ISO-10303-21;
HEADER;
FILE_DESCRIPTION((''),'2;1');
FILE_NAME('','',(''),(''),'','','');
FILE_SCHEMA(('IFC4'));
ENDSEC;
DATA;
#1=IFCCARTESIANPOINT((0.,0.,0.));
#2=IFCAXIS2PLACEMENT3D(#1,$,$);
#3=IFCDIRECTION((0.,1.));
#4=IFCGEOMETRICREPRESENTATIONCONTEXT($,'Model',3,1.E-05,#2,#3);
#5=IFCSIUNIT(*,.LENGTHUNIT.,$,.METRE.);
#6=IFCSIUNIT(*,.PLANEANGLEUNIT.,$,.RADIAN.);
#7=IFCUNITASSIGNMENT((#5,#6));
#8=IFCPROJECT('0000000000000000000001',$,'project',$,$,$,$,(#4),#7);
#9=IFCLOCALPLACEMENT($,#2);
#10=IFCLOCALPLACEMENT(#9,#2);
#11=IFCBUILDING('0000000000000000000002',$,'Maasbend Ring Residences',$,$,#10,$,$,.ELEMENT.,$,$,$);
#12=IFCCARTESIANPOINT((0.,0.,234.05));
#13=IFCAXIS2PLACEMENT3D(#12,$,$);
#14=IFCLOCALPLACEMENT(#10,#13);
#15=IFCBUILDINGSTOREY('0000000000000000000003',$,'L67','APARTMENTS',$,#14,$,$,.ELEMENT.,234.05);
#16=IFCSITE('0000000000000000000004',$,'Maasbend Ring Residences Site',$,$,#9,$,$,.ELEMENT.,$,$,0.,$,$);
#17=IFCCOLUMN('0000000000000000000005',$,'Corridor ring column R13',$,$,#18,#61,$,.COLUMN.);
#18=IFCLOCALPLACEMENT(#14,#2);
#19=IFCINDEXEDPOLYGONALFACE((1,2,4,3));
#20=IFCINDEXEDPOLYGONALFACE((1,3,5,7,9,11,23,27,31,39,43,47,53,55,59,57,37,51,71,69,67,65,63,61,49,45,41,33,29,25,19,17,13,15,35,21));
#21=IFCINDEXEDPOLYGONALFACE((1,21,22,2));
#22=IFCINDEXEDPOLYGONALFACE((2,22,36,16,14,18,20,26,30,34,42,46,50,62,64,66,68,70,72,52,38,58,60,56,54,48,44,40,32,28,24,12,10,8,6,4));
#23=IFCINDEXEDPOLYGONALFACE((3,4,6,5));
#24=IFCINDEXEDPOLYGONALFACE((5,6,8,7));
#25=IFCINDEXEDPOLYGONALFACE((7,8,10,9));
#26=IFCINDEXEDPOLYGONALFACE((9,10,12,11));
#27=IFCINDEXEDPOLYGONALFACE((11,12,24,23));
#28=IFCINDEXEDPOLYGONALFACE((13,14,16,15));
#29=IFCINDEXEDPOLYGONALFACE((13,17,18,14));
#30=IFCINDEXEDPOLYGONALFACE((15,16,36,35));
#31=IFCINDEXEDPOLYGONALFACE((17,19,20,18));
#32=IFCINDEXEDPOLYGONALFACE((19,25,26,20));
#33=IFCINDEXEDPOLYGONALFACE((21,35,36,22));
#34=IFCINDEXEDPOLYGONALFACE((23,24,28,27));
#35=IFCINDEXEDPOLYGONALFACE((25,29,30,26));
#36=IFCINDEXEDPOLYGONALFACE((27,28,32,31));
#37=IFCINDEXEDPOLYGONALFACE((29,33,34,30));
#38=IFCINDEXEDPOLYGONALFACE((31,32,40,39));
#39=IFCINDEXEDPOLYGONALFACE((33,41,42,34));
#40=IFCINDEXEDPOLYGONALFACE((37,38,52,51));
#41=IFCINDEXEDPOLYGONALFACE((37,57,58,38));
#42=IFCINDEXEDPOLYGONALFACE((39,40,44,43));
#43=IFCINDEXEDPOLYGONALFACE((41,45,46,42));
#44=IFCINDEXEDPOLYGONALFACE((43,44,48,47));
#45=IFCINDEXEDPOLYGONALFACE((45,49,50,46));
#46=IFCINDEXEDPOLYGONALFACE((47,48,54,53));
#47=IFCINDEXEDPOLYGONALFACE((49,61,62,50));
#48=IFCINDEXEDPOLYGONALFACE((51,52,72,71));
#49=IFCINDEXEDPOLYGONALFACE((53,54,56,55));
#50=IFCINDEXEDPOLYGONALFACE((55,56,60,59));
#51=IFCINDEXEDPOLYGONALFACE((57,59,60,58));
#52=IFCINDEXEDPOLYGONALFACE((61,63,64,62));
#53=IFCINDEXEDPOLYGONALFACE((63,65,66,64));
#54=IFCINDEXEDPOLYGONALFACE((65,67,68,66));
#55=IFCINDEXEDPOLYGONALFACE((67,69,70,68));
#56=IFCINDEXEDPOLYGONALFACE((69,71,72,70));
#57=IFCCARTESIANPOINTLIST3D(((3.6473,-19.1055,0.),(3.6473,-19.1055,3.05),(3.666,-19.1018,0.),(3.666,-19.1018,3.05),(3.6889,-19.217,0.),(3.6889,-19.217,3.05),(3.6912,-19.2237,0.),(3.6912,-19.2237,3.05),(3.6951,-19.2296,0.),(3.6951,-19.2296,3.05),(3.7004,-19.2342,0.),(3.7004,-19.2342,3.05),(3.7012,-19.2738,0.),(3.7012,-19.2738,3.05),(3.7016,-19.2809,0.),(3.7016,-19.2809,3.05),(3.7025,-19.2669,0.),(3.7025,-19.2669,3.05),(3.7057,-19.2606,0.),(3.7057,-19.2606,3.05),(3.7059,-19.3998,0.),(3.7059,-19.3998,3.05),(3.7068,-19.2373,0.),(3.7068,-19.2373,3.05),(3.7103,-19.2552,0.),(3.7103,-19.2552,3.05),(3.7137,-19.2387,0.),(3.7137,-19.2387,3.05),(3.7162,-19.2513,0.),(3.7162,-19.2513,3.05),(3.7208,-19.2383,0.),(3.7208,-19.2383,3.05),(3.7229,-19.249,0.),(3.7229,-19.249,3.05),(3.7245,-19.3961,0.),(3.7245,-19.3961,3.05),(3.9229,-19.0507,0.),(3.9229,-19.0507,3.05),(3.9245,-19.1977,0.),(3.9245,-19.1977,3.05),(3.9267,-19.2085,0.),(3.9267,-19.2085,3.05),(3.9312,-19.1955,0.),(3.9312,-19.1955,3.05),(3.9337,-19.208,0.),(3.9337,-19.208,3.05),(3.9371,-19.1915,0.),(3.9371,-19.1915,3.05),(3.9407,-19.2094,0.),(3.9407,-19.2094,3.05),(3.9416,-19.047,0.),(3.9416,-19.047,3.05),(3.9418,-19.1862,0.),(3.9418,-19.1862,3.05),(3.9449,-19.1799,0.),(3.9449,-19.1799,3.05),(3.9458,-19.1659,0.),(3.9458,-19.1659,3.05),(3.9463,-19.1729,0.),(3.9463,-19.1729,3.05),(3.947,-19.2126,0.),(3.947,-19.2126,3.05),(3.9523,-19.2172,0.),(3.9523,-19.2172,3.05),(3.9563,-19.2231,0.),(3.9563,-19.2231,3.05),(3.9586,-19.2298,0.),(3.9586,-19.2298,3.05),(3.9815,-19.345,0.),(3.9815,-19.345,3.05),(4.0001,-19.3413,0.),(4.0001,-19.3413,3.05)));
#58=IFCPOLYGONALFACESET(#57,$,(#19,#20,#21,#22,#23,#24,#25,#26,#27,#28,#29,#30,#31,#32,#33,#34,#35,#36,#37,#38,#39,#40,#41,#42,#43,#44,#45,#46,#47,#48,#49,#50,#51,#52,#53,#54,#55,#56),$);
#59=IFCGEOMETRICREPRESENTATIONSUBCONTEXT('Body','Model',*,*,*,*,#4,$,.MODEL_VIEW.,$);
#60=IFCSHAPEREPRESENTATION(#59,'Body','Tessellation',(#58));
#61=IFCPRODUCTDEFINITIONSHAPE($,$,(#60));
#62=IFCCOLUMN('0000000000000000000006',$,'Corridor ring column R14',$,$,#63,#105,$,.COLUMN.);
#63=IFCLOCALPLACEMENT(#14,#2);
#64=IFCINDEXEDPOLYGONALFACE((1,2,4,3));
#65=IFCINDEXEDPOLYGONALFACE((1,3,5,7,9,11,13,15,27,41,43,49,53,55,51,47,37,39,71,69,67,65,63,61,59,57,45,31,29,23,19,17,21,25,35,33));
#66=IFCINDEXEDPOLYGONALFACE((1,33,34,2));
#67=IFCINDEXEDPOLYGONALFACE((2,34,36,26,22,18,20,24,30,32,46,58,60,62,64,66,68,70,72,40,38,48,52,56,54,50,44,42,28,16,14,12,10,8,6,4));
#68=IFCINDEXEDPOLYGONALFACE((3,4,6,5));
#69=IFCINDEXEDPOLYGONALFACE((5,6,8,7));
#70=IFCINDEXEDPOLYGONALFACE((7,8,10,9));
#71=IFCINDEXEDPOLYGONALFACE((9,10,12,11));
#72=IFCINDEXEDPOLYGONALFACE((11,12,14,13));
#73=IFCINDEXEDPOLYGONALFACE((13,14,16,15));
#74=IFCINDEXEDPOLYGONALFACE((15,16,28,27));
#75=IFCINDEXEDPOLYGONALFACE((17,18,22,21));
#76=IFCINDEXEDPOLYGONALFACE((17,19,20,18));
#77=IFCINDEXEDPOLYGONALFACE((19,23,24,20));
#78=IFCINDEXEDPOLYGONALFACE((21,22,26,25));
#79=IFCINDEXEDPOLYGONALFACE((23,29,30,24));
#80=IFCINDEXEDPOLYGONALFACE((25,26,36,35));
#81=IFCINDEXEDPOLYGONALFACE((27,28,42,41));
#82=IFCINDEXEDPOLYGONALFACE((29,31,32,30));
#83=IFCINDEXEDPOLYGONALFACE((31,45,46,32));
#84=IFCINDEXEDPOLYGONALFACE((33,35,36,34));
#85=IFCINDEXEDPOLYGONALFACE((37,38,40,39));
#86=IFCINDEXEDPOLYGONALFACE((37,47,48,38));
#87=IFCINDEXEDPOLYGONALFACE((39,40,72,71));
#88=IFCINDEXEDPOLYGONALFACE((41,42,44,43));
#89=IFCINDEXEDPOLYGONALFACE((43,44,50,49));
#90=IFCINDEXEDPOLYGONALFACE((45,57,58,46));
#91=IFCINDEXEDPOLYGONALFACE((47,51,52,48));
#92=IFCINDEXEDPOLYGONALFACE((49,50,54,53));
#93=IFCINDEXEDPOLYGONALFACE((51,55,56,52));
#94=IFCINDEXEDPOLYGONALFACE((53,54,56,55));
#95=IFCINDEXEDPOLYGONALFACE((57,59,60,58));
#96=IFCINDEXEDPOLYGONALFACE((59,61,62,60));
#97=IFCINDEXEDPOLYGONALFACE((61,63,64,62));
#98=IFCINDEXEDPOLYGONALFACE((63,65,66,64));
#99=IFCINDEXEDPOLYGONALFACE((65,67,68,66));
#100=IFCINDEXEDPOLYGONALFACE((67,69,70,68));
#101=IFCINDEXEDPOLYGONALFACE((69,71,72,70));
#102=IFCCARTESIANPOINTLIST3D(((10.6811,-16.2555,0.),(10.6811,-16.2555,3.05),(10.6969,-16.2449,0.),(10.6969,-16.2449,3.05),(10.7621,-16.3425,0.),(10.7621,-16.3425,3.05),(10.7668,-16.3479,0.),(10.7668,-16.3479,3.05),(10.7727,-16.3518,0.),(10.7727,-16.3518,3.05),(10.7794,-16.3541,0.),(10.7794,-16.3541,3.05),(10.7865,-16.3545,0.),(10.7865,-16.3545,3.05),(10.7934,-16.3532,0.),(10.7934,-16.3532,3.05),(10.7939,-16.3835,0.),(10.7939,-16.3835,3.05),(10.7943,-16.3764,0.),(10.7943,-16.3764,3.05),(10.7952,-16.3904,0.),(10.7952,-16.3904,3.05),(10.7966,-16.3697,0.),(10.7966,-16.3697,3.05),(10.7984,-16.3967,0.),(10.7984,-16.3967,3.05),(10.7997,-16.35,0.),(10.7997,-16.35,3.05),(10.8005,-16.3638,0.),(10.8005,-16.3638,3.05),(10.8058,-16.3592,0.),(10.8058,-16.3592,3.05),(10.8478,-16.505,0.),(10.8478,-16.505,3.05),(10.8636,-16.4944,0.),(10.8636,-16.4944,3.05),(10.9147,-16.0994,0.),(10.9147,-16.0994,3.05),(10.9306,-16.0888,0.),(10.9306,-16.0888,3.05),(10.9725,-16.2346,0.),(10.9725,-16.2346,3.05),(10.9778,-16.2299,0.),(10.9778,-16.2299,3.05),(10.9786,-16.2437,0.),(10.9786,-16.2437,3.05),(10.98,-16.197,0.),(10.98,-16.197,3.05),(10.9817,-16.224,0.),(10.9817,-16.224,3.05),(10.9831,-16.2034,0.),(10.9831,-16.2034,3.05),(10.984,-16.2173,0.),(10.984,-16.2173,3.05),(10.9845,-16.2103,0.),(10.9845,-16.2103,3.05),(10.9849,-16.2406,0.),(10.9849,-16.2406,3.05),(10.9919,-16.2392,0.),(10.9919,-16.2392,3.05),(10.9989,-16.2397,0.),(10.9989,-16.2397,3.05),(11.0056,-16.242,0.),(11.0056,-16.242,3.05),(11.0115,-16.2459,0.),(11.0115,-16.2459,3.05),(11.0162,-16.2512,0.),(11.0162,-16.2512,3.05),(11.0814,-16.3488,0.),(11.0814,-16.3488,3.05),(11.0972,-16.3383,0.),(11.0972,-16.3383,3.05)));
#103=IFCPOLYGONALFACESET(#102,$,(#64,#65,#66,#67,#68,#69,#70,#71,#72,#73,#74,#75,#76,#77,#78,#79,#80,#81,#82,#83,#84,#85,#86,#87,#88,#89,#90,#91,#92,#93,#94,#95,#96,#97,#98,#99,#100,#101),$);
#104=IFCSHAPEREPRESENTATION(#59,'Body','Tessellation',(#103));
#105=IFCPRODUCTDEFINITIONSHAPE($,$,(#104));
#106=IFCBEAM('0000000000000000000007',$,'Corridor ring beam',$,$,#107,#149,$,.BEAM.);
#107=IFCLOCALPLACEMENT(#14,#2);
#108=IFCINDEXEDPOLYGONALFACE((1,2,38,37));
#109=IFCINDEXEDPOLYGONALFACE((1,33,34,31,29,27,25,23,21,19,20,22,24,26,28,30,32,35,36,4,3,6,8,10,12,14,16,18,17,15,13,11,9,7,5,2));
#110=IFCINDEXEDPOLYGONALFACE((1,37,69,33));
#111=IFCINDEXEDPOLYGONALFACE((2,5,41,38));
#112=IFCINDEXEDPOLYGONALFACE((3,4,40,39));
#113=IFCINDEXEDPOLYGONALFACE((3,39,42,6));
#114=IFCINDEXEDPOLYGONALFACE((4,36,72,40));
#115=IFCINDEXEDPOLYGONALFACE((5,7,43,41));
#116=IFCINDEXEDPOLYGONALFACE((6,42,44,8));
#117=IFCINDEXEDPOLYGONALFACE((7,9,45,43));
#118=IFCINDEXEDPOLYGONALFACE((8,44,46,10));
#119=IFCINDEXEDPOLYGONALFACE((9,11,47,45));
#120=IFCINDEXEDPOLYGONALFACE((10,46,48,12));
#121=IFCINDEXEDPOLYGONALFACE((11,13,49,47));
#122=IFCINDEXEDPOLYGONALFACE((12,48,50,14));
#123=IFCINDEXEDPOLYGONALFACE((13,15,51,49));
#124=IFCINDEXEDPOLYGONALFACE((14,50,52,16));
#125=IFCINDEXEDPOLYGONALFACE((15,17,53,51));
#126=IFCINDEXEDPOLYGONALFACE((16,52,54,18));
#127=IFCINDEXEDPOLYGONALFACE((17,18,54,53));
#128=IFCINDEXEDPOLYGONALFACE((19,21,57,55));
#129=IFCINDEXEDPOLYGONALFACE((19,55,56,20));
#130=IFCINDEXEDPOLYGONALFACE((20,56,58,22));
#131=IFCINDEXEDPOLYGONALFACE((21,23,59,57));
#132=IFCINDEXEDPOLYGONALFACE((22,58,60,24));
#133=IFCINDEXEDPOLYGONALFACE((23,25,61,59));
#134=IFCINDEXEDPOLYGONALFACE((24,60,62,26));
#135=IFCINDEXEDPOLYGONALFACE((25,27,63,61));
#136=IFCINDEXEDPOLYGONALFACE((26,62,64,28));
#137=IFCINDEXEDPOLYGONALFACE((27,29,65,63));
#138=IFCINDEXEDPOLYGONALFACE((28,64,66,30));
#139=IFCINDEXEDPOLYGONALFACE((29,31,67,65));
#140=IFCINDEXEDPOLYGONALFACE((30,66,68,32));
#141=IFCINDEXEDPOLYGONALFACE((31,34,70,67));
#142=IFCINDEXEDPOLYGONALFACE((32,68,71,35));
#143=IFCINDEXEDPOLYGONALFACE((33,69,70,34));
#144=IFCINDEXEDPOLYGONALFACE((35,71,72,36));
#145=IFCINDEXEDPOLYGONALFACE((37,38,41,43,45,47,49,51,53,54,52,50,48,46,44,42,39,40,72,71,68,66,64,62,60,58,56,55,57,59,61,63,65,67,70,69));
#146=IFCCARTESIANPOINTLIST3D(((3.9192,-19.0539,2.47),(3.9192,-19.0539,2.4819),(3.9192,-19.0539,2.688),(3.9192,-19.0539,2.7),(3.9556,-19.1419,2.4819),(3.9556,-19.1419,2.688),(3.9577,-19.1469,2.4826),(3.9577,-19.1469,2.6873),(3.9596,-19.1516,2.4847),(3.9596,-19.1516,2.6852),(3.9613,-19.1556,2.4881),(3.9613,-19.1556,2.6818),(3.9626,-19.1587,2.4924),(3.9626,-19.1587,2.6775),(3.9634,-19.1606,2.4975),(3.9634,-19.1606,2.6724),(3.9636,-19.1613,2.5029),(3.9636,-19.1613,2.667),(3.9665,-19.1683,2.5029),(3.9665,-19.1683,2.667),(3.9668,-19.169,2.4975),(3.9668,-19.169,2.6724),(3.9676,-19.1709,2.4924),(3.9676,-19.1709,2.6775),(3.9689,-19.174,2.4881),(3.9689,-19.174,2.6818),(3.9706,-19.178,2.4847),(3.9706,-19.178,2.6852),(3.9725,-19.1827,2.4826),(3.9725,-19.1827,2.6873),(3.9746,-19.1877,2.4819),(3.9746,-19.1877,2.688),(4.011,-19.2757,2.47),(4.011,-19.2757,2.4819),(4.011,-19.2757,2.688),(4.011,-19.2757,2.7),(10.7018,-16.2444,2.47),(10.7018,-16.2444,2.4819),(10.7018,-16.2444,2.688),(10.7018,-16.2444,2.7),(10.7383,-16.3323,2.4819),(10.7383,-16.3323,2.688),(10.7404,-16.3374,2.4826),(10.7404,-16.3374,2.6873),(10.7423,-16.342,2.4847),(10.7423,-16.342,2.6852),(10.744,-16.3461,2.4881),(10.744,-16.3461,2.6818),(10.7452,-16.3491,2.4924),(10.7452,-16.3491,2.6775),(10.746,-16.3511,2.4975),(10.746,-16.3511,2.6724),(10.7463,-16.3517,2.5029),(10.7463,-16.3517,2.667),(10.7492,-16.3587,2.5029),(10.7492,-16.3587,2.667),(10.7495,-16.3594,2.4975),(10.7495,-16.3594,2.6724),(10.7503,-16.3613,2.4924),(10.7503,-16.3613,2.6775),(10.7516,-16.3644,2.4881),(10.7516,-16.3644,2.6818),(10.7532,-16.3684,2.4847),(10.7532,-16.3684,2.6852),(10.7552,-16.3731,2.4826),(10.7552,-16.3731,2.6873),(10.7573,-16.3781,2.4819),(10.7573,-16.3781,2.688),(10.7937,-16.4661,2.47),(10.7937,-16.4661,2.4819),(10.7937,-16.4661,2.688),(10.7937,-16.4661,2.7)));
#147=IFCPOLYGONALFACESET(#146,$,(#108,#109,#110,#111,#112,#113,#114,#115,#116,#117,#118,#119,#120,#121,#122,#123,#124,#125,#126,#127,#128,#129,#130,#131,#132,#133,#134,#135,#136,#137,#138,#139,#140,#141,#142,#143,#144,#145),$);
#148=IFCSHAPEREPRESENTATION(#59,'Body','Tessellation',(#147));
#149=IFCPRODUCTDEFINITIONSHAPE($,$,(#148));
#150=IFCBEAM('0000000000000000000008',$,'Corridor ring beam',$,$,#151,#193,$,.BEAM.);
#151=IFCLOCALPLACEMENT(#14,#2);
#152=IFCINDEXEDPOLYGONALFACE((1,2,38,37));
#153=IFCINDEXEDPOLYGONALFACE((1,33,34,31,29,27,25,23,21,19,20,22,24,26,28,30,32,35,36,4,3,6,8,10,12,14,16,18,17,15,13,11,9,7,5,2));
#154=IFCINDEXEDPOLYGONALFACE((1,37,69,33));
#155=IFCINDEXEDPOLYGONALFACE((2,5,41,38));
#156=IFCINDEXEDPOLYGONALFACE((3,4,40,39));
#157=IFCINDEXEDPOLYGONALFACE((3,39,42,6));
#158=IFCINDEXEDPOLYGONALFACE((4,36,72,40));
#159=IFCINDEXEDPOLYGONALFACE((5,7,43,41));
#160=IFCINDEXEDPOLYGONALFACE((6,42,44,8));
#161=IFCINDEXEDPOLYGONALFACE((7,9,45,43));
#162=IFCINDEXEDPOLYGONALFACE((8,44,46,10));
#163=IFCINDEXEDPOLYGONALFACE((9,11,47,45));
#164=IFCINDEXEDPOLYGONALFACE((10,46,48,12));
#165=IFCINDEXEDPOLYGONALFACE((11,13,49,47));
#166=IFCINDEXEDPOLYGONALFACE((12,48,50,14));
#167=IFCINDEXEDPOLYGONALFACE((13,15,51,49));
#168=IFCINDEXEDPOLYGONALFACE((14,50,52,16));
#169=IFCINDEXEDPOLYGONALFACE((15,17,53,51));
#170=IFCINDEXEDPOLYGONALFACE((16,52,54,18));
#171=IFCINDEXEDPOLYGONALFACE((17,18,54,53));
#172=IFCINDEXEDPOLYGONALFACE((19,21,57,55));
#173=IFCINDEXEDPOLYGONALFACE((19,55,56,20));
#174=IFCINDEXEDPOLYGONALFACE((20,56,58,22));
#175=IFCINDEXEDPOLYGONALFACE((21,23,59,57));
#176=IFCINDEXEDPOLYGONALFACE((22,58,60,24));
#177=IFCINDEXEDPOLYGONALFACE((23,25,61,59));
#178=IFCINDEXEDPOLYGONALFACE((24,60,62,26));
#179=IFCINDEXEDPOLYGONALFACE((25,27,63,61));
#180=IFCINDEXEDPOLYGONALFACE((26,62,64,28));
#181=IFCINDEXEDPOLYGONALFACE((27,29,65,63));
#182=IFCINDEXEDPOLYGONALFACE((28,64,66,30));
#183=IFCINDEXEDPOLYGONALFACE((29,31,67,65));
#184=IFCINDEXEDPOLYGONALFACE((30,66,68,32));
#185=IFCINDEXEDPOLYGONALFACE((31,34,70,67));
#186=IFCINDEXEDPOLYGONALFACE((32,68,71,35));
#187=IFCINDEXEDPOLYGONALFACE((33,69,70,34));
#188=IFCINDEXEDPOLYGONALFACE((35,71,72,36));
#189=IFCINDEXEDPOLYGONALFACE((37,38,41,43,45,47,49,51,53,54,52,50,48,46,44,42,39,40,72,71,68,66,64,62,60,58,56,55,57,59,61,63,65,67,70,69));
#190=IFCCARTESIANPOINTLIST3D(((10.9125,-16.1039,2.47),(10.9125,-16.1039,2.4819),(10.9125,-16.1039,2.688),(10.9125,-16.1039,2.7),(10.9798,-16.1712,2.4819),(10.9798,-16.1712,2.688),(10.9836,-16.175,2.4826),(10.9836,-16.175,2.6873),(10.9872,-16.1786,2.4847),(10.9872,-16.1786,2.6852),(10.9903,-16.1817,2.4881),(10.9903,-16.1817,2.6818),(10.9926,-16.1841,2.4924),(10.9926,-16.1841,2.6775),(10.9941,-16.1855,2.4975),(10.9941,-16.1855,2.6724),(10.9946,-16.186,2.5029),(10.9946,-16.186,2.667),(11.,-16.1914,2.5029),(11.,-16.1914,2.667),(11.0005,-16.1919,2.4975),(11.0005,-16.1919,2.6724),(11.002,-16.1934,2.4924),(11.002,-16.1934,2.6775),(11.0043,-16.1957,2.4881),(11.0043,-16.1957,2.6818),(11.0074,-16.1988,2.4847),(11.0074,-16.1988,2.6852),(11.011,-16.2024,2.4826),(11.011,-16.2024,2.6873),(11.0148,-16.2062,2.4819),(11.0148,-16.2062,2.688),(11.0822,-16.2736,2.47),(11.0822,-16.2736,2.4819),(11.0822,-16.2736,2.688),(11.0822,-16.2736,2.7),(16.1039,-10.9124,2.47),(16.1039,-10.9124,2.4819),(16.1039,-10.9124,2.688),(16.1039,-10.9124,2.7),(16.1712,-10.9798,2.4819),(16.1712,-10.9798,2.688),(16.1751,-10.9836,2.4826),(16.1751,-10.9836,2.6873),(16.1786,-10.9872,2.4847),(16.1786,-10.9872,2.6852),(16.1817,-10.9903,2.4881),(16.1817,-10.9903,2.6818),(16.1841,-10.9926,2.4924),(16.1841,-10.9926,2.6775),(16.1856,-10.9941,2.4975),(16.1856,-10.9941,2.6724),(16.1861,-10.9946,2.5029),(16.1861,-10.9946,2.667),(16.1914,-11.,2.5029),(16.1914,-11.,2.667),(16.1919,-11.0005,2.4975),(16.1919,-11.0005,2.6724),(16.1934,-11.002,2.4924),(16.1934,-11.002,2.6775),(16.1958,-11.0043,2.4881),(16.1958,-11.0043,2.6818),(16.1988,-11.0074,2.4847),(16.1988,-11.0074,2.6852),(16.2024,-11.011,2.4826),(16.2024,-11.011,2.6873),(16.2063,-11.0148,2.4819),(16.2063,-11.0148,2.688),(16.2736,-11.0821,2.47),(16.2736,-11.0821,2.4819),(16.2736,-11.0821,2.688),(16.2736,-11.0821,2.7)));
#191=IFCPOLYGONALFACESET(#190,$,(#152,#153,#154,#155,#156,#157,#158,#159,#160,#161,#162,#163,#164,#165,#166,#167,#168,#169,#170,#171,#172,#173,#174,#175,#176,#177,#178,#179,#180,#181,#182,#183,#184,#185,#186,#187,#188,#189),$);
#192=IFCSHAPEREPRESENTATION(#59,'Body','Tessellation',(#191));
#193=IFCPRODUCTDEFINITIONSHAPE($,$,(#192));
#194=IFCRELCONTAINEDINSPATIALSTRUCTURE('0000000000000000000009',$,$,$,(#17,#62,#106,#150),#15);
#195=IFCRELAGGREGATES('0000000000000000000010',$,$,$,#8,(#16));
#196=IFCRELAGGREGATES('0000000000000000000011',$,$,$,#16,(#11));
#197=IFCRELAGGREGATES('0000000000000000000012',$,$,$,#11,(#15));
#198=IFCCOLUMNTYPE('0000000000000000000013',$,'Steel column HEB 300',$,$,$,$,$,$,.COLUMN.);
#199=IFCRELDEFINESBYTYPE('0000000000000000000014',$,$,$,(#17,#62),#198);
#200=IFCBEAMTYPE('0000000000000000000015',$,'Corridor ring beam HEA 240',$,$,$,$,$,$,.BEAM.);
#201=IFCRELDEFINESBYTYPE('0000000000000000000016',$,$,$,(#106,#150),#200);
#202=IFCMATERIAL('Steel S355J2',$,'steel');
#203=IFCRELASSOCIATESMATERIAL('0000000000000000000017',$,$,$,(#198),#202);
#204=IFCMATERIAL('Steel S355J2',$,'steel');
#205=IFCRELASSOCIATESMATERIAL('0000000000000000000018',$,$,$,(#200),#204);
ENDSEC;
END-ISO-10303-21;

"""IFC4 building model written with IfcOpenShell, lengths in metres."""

from ifc_helpers import new_model, si_unit, direction, frame, origin, origin_2d, place, context, subcontext, project, spatial, i_section, extrude, material, material_profile, profile_set, type_object, element, save


model = new_model("IFC4")

# Units and contexts
model_context = context("Model", 3, precision=1e-05, world=origin(), true_north=direction((0.0, 1.0)))
body_context = subcontext(model_context, "Body", "Model", "MODEL_VIEW")
ifc_project = project(units=[si_unit("LENGTHUNIT", "METRE"), si_unit("PLANEANGLEUNIT", "RADIAN")], contexts=[model_context])

# Site, building, storey
site_placement = place(None, origin())
site = spatial("IfcSite", under=ifc_project, at=site_placement, Name="Maasbend Ring Residences Site", CompositionType="ELEMENT", RefElevation=0.0)
building_placement = place(site_placement, origin())
building = spatial("IfcBuilding", under=site, at=building_placement, Name="Maasbend Ring Residences", CompositionType="ELEMENT")
storey_placement = place(building_placement, frame((0.0, 0.0, 234.05)))
storey = spatial("IfcBuildingStorey", under=building, at=storey_placement, Name="L67", Description="APARTMENTS", CompositionType="ELEMENT", Elevation=234.05)

# Columns
ifc_material_1 = material(Name="Steel S355J2", Category="steel")
ifc_material_profile_1 = material_profile(ifc_material_1, i_section(OverallWidth=0.3, OverallDepth=0.3, WebThickness=0.011, FlangeThickness=0.019, FilletRadius=0.0271, at=origin_2d()), Name="HEB 300")
ifc_profile_set_1 = profile_set([ifc_material_profile_1], Name="Steel S355J2")
column_type = type_object("IfcColumnType", Name="Steel column HEB 300", PredefinedType="COLUMN", material=ifc_profile_set_1)
for number, where, z_axis, x_axis, name in (
    (1, (3.8237, -19.2234, 0.0), (0.0, 0.0, 1.0), (0.19509, -0.980785, 0.0), "Corridor ring column R13"),
    (2, (10.8892, -16.2969, 0.0), (0.0, 0.0, 1.0), (0.55557, -0.83147, 0.0), "Corridor ring column R14"),
):
    element("IfcColumn", number, at=place(storey_placement, frame(where, z_axis=z_axis, x_axis=x_axis)), inside=storey, type_object=column_type, Name=name, PredefinedType="COLUMN", context=body_context, shape_type="SweptSolid", body=[
        extrude(i_section(OverallWidth=0.3, OverallDepth=0.3, WebThickness=0.011, FlangeThickness=0.019, FilletRadius=0.0271, at=origin_2d()), origin(), (0.0, 0.0, 1.0), 3.05),
    ])

# Beams
ifc_material_2 = material(Name="Steel S355J2", Category="steel")
ifc_material_profile_2 = material_profile(ifc_material_2, i_section(OverallWidth=0.24, OverallDepth=0.23, WebThickness=0.0076, FlangeThickness=0.012, FilletRadius=0.021, at=origin_2d()), Name="HEA 240")
ifc_profile_set_2 = profile_set([ifc_material_profile_2], Name="Steel S355J2")
beam_type = type_object("IfcBeamType", Name="Corridor ring beam HEA 240", PredefinedType="BEAM", material=ifc_profile_set_2)
beam_1_placement = place(storey_placement, frame((3.9651, -19.1648, 2.585), z_axis=(0.923876, 0.382692, 0.0), x_axis=(-0.382692, 0.923876, 0.0)))
element("IfcBeam", 3, at=beam_1_placement, inside=storey, type_object=beam_type, Name="Corridor ring beam", PredefinedType="BEAM", context=body_context, shape_type="SweptSolid", body=[
    extrude(i_section(OverallWidth=0.24, OverallDepth=0.23, WebThickness=0.0076, FlangeThickness=0.012, FilletRadius=0.021, at=origin_2d()), origin(), (0.0, 0.0, 1.0), 7.3416),
])
beam_2_placement = place(storey_placement, frame((10.9973, -16.1887, 2.585), z_axis=(0.707107, 0.707107, 0.0), x_axis=(-0.707107, 0.707107, 0.0)))
element("IfcBeam", 4, at=beam_2_placement, inside=storey, type_object=beam_type, Name="Corridor ring beam", PredefinedType="BEAM", context=body_context, shape_type="SweptSolid", body=[
    extrude(i_section(OverallWidth=0.24, OverallDepth=0.23, WebThickness=0.0076, FlangeThickness=0.012, FilletRadius=0.021, at=origin_2d()), origin(), (0.0, 0.0, 1.0), 7.3418),
])

save(model, "model.ifc")
